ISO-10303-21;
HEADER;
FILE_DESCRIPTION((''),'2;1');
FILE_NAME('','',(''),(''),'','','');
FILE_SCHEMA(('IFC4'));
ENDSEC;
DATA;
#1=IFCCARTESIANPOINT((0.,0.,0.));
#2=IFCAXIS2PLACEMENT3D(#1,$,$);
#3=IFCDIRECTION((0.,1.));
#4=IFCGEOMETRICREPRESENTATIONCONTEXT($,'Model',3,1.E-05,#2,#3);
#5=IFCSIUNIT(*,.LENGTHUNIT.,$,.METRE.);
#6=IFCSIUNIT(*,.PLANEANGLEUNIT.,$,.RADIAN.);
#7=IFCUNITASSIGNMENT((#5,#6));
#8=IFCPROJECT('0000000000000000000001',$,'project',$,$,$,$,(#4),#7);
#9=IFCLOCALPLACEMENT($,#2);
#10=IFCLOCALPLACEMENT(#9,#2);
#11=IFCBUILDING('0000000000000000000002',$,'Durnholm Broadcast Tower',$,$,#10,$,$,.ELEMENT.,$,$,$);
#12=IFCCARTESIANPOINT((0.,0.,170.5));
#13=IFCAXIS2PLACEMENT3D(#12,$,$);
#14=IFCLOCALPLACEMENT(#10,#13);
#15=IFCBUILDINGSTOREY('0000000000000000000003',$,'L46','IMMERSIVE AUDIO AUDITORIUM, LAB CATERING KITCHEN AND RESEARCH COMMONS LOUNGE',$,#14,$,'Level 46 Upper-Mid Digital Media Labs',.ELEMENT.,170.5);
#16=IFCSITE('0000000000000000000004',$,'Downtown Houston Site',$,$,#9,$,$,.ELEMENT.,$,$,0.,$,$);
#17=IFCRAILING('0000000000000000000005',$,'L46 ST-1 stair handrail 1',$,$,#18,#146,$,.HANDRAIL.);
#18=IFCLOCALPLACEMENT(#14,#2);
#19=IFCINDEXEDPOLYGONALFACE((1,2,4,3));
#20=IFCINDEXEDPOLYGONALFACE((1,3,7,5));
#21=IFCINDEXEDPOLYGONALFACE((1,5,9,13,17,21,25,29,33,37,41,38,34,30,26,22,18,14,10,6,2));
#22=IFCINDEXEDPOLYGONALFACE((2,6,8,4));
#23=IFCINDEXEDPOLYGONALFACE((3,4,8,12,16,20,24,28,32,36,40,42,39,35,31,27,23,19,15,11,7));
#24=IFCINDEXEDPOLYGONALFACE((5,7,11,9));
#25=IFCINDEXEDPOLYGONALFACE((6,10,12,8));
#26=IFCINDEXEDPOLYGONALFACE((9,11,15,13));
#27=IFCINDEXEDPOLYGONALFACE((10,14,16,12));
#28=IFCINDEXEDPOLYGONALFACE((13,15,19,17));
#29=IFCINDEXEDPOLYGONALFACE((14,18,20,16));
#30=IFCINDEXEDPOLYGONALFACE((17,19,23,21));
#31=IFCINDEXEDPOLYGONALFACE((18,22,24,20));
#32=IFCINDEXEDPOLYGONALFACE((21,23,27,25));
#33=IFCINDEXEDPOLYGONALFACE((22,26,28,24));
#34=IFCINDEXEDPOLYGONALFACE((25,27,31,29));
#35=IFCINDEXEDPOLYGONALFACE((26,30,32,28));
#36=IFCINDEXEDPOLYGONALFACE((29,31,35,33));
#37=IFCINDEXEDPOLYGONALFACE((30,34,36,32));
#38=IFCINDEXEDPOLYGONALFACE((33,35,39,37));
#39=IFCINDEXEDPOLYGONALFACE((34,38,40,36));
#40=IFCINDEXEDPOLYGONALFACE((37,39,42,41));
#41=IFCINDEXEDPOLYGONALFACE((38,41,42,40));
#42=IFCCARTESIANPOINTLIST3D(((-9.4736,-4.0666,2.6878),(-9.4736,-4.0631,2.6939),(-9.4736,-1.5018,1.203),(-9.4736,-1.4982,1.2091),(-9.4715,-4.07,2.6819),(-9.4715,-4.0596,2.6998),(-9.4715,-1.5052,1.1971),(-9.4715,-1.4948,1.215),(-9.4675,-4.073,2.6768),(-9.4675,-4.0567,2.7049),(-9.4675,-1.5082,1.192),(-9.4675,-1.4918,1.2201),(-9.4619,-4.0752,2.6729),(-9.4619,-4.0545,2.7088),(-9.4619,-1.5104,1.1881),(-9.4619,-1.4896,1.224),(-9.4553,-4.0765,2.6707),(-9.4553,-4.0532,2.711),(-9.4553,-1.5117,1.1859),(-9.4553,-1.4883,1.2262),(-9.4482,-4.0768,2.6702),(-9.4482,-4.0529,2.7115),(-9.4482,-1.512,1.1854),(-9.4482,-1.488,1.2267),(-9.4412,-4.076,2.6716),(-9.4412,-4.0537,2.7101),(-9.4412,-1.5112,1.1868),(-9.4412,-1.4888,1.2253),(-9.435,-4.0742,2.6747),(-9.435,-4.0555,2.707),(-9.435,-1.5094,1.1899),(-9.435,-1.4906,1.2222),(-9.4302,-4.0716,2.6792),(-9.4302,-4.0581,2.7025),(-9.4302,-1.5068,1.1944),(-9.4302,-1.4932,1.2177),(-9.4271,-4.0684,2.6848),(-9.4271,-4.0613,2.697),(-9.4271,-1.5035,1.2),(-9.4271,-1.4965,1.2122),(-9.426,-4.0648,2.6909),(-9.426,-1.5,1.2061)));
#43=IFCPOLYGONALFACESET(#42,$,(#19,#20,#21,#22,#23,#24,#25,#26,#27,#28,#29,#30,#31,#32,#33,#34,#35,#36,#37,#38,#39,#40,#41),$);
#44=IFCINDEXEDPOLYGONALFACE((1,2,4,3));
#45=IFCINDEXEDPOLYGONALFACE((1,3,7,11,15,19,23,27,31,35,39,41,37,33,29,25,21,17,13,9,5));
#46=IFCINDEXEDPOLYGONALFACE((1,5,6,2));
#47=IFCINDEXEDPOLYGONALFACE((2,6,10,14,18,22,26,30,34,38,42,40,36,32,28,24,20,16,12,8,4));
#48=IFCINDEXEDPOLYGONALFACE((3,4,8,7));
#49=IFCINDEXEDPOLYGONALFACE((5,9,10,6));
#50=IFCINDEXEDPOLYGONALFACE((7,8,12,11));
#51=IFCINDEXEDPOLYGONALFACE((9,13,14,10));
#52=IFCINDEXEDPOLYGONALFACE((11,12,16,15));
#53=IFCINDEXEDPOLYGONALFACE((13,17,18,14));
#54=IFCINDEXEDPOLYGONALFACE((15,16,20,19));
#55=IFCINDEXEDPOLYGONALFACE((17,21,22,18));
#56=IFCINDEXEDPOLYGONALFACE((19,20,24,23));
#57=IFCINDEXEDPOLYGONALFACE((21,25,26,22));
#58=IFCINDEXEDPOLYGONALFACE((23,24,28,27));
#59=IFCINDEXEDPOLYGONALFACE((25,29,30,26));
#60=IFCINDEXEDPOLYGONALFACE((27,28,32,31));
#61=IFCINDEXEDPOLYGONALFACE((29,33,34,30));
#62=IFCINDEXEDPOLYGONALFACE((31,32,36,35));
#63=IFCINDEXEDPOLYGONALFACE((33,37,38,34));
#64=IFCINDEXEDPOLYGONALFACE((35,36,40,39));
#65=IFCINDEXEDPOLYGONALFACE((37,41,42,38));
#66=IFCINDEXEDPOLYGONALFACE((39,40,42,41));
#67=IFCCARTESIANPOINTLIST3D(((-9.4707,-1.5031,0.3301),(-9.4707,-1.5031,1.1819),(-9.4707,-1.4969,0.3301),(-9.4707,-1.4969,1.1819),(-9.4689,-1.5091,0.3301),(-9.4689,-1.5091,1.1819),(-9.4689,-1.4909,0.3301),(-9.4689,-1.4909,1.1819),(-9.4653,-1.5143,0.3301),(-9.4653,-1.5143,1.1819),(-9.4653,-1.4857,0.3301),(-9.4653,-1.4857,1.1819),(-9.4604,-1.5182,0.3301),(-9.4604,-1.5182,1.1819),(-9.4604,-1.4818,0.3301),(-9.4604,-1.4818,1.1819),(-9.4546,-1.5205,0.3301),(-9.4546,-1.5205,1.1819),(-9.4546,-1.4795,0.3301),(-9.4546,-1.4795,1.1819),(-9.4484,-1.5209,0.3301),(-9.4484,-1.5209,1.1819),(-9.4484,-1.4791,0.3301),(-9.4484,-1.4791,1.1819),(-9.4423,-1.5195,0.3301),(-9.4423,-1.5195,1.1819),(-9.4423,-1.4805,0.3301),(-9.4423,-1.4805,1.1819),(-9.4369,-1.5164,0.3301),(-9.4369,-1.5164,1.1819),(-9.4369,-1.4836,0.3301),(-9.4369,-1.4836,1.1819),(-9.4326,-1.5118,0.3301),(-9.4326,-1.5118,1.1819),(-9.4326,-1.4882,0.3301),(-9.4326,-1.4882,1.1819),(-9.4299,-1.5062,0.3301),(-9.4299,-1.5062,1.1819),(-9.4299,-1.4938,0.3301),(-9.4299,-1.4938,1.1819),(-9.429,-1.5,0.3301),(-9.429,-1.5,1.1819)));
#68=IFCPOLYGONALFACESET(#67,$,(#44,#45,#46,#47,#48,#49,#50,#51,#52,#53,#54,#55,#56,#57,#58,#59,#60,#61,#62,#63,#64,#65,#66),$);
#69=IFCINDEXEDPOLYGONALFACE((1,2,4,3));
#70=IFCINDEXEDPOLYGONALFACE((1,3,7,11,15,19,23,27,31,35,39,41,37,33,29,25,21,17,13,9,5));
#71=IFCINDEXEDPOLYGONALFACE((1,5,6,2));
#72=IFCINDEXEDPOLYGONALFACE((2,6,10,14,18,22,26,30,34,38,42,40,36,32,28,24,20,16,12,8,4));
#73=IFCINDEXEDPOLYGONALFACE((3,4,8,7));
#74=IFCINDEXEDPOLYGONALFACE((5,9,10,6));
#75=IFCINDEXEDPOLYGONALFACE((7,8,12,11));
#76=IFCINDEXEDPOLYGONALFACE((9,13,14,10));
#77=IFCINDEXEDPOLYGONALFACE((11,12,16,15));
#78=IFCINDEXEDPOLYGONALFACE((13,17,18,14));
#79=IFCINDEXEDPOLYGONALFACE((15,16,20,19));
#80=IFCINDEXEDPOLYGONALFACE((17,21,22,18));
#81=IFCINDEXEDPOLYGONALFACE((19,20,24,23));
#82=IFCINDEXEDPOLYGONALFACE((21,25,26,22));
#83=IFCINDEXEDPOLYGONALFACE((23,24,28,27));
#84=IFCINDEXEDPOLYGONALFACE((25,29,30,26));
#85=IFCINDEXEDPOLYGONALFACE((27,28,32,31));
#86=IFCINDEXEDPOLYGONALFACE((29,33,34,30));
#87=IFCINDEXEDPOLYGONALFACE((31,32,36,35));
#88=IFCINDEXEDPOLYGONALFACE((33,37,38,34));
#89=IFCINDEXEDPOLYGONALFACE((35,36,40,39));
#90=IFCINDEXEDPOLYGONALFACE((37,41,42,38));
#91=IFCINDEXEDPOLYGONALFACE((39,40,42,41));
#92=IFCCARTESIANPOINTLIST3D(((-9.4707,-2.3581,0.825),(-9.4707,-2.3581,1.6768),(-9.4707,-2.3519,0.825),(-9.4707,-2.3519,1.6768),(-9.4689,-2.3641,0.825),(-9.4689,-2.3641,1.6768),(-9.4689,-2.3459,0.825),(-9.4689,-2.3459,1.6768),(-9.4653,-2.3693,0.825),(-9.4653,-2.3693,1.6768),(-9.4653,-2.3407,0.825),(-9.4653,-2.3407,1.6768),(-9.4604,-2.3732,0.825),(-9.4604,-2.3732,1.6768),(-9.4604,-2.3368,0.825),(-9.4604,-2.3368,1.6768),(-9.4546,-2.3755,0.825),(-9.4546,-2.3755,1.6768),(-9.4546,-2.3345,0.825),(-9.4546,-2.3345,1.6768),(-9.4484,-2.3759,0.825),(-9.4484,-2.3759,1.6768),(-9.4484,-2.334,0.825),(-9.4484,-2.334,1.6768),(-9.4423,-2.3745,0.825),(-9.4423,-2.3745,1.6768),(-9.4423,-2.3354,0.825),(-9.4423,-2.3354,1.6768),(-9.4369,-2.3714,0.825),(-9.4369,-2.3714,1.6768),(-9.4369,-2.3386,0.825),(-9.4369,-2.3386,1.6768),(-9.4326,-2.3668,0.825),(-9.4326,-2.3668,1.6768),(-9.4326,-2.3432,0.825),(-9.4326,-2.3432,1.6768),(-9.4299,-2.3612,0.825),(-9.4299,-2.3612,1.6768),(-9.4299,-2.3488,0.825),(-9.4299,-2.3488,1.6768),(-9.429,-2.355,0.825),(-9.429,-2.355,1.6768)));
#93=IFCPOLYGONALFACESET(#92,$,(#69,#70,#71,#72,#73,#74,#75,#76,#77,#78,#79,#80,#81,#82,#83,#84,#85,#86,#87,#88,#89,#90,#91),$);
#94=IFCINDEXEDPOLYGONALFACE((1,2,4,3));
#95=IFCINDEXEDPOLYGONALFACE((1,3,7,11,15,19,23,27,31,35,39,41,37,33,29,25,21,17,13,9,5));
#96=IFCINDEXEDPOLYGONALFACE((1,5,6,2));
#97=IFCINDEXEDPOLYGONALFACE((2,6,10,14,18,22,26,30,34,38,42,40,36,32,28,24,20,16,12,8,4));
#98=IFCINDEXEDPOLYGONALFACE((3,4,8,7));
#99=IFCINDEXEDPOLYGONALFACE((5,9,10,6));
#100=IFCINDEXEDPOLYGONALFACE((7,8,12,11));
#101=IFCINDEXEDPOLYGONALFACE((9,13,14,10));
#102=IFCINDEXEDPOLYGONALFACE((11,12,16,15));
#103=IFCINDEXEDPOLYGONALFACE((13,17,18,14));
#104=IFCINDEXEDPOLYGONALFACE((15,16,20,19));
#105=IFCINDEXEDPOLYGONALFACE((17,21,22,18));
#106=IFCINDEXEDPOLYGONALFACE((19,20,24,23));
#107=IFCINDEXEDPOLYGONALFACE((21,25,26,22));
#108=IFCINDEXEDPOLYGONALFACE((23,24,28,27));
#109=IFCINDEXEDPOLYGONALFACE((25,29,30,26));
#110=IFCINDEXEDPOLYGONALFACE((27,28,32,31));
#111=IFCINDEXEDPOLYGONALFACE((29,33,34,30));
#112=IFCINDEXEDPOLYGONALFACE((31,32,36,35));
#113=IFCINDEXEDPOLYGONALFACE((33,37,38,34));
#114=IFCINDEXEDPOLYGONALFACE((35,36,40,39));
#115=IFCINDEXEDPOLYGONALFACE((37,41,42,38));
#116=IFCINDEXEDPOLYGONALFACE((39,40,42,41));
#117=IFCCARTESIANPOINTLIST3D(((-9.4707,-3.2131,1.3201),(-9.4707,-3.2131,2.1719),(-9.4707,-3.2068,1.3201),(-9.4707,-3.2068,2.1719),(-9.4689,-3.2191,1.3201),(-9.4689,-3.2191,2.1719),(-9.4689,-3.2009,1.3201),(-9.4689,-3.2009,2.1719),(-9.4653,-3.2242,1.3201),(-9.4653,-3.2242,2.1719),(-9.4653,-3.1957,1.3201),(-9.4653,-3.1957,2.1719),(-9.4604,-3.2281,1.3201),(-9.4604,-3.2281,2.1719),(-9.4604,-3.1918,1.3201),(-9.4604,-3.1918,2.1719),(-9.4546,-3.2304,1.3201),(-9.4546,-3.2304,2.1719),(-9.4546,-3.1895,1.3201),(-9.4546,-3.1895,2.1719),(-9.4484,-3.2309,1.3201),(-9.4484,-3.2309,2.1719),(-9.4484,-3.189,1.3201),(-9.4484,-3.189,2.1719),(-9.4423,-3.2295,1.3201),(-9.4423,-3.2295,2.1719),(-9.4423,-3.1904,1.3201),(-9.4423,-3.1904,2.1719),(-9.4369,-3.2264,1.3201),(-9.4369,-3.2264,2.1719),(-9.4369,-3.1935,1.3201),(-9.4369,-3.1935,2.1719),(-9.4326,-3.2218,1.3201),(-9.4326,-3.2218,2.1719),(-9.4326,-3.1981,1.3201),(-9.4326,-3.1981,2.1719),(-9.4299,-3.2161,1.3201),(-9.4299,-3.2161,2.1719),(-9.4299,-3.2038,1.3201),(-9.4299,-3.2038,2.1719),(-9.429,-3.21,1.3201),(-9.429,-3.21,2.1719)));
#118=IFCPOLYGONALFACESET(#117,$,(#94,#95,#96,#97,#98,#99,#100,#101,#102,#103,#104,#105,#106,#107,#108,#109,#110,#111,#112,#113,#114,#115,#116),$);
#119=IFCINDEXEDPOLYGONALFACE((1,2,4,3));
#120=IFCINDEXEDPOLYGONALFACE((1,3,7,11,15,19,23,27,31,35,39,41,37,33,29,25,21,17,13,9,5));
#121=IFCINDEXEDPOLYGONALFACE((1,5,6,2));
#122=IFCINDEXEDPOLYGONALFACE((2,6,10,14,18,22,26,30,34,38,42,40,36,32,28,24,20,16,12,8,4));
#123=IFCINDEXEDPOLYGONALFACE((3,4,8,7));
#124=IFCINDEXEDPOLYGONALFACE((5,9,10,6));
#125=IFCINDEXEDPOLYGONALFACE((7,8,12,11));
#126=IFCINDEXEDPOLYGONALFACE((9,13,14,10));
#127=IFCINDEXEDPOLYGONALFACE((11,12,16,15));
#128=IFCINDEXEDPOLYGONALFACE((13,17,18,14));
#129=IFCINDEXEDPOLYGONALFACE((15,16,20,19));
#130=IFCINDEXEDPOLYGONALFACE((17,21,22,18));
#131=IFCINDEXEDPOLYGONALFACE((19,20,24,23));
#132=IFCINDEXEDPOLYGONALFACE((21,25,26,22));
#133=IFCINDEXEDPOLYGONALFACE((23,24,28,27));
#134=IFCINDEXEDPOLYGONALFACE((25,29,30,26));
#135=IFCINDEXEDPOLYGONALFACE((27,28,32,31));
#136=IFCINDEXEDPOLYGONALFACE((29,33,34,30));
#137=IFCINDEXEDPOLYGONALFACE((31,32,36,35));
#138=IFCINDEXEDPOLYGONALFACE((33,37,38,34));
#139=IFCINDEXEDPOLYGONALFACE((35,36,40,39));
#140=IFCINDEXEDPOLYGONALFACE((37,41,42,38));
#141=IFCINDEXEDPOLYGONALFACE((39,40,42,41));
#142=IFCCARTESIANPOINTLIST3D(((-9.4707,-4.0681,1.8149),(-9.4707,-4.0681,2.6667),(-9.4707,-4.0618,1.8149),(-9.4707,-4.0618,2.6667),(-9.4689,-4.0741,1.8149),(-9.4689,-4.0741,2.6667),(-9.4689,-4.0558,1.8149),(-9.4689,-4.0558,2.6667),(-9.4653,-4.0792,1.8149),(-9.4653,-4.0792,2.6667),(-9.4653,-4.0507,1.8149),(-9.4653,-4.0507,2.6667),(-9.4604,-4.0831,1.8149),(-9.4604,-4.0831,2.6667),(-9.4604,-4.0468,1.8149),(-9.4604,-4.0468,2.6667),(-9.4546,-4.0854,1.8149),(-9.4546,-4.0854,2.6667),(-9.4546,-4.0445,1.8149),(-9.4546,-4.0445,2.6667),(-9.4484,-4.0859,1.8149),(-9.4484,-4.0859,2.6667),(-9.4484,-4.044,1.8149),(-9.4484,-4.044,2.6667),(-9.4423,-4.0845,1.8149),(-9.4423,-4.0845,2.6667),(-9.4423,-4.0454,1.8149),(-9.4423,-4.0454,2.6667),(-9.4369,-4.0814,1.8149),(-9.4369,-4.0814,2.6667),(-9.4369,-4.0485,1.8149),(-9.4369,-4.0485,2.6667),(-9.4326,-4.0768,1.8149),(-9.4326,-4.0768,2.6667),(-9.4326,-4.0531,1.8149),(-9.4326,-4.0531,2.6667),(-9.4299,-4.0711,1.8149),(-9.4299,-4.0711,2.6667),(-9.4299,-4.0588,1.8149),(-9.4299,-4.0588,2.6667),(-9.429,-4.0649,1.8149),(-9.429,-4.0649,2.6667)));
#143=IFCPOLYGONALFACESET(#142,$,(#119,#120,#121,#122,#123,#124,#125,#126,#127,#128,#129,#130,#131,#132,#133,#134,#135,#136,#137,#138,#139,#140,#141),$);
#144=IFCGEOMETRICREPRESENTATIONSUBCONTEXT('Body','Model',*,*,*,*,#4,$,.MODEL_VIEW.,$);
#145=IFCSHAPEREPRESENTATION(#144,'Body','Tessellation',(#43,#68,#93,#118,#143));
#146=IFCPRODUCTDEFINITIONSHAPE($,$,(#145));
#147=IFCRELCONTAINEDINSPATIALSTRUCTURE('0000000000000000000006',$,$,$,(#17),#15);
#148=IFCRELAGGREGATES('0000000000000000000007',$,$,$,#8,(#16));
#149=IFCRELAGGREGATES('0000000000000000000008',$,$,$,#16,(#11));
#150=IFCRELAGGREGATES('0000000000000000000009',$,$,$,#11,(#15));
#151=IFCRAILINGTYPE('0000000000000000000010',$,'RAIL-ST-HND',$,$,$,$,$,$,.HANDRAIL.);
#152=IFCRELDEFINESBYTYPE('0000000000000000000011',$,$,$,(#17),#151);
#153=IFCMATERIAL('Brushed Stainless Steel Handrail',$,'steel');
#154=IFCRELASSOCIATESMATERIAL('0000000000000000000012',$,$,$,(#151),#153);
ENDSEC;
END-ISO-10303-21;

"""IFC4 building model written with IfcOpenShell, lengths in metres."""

from ifc_helpers import new_model, si_unit, direction, frame, origin, origin_2d, place, context, subcontext, project, spatial, circle, extrude, material, type_object, element, save


model = new_model("IFC4")

# Units and contexts
model_context = context("Model", 3, precision=1e-05, world=origin(), true_north=direction((0.0, 1.0)))
body_context = subcontext(model_context, "Body", "Model", "MODEL_VIEW")
ifc_project = project(units=[si_unit("LENGTHUNIT", "METRE"), si_unit("PLANEANGLEUNIT", "RADIAN")], contexts=[model_context])

# Site, building, storey
site_placement = place(None, origin())
site = spatial("IfcSite", under=ifc_project, at=site_placement, Name="Downtown Houston Site", CompositionType="ELEMENT", RefElevation=0.0)
building_placement = place(site_placement, origin())
building = spatial("IfcBuilding", under=site, at=building_placement, Name="Durnholm Broadcast Tower", CompositionType="ELEMENT")
storey_placement = place(building_placement, frame((0.0, 0.0, 170.5)))
storey = spatial("IfcBuildingStorey", under=building, at=storey_placement, Name="L46", Description="IMMERSIVE AUDIO AUDITORIUM, LAB CATERING KITCHEN AND RESEARCH COMMONS LOUNGE", LongName="Level 46 Upper-Mid Digital Media Labs", CompositionType="ELEMENT", Elevation=170.5)

# Railing
ifc_material_1 = material(Name="Brushed Stainless Steel Handrail", Category="steel")
railing_type = type_object("IfcRailingType", Name="RAIL-ST-HND", PredefinedType="HANDRAIL", material=ifc_material_1)
railing_placement = place(storey_placement, frame((-9.45, -1.5, 0.3301)))
element("IfcRailing", 1, at=railing_placement, inside=storey, type_object=railing_type, Name="L46 ST-1 stair handrail 1", PredefinedType="HANDRAIL", context=body_context, shape_type="SweptSolid", body=[
    extrude(circle(Radius=0.0239, at=origin_2d()), frame((0.0, 0.0, 0.876), z_axis=(0.0, -0.865441, 0.50101), x_axis=(1.0, 0.0, 0.0)), (0.0, 0.0, 1.0), 2.9636),
    extrude(circle(Radius=0.021, at=origin_2d()), origin(), (0.0, 0.0, 1.0), 0.8518),
    extrude(circle(Radius=0.021, at=origin_2d()), frame((0.0, -0.855, 0.4949)), (0.0, 0.0, 1.0), 0.8518),
    extrude(circle(Radius=0.021, at=origin_2d()), frame((0.0, -1.71, 0.99)), (0.0, 0.0, 1.0), 0.8518),
    extrude(circle(Radius=0.021, at=origin_2d()), frame((0.0, -2.5649, 1.4849)), (0.0, 0.0, 1.0), 0.8518),
])

save(model, "model.ifc")
